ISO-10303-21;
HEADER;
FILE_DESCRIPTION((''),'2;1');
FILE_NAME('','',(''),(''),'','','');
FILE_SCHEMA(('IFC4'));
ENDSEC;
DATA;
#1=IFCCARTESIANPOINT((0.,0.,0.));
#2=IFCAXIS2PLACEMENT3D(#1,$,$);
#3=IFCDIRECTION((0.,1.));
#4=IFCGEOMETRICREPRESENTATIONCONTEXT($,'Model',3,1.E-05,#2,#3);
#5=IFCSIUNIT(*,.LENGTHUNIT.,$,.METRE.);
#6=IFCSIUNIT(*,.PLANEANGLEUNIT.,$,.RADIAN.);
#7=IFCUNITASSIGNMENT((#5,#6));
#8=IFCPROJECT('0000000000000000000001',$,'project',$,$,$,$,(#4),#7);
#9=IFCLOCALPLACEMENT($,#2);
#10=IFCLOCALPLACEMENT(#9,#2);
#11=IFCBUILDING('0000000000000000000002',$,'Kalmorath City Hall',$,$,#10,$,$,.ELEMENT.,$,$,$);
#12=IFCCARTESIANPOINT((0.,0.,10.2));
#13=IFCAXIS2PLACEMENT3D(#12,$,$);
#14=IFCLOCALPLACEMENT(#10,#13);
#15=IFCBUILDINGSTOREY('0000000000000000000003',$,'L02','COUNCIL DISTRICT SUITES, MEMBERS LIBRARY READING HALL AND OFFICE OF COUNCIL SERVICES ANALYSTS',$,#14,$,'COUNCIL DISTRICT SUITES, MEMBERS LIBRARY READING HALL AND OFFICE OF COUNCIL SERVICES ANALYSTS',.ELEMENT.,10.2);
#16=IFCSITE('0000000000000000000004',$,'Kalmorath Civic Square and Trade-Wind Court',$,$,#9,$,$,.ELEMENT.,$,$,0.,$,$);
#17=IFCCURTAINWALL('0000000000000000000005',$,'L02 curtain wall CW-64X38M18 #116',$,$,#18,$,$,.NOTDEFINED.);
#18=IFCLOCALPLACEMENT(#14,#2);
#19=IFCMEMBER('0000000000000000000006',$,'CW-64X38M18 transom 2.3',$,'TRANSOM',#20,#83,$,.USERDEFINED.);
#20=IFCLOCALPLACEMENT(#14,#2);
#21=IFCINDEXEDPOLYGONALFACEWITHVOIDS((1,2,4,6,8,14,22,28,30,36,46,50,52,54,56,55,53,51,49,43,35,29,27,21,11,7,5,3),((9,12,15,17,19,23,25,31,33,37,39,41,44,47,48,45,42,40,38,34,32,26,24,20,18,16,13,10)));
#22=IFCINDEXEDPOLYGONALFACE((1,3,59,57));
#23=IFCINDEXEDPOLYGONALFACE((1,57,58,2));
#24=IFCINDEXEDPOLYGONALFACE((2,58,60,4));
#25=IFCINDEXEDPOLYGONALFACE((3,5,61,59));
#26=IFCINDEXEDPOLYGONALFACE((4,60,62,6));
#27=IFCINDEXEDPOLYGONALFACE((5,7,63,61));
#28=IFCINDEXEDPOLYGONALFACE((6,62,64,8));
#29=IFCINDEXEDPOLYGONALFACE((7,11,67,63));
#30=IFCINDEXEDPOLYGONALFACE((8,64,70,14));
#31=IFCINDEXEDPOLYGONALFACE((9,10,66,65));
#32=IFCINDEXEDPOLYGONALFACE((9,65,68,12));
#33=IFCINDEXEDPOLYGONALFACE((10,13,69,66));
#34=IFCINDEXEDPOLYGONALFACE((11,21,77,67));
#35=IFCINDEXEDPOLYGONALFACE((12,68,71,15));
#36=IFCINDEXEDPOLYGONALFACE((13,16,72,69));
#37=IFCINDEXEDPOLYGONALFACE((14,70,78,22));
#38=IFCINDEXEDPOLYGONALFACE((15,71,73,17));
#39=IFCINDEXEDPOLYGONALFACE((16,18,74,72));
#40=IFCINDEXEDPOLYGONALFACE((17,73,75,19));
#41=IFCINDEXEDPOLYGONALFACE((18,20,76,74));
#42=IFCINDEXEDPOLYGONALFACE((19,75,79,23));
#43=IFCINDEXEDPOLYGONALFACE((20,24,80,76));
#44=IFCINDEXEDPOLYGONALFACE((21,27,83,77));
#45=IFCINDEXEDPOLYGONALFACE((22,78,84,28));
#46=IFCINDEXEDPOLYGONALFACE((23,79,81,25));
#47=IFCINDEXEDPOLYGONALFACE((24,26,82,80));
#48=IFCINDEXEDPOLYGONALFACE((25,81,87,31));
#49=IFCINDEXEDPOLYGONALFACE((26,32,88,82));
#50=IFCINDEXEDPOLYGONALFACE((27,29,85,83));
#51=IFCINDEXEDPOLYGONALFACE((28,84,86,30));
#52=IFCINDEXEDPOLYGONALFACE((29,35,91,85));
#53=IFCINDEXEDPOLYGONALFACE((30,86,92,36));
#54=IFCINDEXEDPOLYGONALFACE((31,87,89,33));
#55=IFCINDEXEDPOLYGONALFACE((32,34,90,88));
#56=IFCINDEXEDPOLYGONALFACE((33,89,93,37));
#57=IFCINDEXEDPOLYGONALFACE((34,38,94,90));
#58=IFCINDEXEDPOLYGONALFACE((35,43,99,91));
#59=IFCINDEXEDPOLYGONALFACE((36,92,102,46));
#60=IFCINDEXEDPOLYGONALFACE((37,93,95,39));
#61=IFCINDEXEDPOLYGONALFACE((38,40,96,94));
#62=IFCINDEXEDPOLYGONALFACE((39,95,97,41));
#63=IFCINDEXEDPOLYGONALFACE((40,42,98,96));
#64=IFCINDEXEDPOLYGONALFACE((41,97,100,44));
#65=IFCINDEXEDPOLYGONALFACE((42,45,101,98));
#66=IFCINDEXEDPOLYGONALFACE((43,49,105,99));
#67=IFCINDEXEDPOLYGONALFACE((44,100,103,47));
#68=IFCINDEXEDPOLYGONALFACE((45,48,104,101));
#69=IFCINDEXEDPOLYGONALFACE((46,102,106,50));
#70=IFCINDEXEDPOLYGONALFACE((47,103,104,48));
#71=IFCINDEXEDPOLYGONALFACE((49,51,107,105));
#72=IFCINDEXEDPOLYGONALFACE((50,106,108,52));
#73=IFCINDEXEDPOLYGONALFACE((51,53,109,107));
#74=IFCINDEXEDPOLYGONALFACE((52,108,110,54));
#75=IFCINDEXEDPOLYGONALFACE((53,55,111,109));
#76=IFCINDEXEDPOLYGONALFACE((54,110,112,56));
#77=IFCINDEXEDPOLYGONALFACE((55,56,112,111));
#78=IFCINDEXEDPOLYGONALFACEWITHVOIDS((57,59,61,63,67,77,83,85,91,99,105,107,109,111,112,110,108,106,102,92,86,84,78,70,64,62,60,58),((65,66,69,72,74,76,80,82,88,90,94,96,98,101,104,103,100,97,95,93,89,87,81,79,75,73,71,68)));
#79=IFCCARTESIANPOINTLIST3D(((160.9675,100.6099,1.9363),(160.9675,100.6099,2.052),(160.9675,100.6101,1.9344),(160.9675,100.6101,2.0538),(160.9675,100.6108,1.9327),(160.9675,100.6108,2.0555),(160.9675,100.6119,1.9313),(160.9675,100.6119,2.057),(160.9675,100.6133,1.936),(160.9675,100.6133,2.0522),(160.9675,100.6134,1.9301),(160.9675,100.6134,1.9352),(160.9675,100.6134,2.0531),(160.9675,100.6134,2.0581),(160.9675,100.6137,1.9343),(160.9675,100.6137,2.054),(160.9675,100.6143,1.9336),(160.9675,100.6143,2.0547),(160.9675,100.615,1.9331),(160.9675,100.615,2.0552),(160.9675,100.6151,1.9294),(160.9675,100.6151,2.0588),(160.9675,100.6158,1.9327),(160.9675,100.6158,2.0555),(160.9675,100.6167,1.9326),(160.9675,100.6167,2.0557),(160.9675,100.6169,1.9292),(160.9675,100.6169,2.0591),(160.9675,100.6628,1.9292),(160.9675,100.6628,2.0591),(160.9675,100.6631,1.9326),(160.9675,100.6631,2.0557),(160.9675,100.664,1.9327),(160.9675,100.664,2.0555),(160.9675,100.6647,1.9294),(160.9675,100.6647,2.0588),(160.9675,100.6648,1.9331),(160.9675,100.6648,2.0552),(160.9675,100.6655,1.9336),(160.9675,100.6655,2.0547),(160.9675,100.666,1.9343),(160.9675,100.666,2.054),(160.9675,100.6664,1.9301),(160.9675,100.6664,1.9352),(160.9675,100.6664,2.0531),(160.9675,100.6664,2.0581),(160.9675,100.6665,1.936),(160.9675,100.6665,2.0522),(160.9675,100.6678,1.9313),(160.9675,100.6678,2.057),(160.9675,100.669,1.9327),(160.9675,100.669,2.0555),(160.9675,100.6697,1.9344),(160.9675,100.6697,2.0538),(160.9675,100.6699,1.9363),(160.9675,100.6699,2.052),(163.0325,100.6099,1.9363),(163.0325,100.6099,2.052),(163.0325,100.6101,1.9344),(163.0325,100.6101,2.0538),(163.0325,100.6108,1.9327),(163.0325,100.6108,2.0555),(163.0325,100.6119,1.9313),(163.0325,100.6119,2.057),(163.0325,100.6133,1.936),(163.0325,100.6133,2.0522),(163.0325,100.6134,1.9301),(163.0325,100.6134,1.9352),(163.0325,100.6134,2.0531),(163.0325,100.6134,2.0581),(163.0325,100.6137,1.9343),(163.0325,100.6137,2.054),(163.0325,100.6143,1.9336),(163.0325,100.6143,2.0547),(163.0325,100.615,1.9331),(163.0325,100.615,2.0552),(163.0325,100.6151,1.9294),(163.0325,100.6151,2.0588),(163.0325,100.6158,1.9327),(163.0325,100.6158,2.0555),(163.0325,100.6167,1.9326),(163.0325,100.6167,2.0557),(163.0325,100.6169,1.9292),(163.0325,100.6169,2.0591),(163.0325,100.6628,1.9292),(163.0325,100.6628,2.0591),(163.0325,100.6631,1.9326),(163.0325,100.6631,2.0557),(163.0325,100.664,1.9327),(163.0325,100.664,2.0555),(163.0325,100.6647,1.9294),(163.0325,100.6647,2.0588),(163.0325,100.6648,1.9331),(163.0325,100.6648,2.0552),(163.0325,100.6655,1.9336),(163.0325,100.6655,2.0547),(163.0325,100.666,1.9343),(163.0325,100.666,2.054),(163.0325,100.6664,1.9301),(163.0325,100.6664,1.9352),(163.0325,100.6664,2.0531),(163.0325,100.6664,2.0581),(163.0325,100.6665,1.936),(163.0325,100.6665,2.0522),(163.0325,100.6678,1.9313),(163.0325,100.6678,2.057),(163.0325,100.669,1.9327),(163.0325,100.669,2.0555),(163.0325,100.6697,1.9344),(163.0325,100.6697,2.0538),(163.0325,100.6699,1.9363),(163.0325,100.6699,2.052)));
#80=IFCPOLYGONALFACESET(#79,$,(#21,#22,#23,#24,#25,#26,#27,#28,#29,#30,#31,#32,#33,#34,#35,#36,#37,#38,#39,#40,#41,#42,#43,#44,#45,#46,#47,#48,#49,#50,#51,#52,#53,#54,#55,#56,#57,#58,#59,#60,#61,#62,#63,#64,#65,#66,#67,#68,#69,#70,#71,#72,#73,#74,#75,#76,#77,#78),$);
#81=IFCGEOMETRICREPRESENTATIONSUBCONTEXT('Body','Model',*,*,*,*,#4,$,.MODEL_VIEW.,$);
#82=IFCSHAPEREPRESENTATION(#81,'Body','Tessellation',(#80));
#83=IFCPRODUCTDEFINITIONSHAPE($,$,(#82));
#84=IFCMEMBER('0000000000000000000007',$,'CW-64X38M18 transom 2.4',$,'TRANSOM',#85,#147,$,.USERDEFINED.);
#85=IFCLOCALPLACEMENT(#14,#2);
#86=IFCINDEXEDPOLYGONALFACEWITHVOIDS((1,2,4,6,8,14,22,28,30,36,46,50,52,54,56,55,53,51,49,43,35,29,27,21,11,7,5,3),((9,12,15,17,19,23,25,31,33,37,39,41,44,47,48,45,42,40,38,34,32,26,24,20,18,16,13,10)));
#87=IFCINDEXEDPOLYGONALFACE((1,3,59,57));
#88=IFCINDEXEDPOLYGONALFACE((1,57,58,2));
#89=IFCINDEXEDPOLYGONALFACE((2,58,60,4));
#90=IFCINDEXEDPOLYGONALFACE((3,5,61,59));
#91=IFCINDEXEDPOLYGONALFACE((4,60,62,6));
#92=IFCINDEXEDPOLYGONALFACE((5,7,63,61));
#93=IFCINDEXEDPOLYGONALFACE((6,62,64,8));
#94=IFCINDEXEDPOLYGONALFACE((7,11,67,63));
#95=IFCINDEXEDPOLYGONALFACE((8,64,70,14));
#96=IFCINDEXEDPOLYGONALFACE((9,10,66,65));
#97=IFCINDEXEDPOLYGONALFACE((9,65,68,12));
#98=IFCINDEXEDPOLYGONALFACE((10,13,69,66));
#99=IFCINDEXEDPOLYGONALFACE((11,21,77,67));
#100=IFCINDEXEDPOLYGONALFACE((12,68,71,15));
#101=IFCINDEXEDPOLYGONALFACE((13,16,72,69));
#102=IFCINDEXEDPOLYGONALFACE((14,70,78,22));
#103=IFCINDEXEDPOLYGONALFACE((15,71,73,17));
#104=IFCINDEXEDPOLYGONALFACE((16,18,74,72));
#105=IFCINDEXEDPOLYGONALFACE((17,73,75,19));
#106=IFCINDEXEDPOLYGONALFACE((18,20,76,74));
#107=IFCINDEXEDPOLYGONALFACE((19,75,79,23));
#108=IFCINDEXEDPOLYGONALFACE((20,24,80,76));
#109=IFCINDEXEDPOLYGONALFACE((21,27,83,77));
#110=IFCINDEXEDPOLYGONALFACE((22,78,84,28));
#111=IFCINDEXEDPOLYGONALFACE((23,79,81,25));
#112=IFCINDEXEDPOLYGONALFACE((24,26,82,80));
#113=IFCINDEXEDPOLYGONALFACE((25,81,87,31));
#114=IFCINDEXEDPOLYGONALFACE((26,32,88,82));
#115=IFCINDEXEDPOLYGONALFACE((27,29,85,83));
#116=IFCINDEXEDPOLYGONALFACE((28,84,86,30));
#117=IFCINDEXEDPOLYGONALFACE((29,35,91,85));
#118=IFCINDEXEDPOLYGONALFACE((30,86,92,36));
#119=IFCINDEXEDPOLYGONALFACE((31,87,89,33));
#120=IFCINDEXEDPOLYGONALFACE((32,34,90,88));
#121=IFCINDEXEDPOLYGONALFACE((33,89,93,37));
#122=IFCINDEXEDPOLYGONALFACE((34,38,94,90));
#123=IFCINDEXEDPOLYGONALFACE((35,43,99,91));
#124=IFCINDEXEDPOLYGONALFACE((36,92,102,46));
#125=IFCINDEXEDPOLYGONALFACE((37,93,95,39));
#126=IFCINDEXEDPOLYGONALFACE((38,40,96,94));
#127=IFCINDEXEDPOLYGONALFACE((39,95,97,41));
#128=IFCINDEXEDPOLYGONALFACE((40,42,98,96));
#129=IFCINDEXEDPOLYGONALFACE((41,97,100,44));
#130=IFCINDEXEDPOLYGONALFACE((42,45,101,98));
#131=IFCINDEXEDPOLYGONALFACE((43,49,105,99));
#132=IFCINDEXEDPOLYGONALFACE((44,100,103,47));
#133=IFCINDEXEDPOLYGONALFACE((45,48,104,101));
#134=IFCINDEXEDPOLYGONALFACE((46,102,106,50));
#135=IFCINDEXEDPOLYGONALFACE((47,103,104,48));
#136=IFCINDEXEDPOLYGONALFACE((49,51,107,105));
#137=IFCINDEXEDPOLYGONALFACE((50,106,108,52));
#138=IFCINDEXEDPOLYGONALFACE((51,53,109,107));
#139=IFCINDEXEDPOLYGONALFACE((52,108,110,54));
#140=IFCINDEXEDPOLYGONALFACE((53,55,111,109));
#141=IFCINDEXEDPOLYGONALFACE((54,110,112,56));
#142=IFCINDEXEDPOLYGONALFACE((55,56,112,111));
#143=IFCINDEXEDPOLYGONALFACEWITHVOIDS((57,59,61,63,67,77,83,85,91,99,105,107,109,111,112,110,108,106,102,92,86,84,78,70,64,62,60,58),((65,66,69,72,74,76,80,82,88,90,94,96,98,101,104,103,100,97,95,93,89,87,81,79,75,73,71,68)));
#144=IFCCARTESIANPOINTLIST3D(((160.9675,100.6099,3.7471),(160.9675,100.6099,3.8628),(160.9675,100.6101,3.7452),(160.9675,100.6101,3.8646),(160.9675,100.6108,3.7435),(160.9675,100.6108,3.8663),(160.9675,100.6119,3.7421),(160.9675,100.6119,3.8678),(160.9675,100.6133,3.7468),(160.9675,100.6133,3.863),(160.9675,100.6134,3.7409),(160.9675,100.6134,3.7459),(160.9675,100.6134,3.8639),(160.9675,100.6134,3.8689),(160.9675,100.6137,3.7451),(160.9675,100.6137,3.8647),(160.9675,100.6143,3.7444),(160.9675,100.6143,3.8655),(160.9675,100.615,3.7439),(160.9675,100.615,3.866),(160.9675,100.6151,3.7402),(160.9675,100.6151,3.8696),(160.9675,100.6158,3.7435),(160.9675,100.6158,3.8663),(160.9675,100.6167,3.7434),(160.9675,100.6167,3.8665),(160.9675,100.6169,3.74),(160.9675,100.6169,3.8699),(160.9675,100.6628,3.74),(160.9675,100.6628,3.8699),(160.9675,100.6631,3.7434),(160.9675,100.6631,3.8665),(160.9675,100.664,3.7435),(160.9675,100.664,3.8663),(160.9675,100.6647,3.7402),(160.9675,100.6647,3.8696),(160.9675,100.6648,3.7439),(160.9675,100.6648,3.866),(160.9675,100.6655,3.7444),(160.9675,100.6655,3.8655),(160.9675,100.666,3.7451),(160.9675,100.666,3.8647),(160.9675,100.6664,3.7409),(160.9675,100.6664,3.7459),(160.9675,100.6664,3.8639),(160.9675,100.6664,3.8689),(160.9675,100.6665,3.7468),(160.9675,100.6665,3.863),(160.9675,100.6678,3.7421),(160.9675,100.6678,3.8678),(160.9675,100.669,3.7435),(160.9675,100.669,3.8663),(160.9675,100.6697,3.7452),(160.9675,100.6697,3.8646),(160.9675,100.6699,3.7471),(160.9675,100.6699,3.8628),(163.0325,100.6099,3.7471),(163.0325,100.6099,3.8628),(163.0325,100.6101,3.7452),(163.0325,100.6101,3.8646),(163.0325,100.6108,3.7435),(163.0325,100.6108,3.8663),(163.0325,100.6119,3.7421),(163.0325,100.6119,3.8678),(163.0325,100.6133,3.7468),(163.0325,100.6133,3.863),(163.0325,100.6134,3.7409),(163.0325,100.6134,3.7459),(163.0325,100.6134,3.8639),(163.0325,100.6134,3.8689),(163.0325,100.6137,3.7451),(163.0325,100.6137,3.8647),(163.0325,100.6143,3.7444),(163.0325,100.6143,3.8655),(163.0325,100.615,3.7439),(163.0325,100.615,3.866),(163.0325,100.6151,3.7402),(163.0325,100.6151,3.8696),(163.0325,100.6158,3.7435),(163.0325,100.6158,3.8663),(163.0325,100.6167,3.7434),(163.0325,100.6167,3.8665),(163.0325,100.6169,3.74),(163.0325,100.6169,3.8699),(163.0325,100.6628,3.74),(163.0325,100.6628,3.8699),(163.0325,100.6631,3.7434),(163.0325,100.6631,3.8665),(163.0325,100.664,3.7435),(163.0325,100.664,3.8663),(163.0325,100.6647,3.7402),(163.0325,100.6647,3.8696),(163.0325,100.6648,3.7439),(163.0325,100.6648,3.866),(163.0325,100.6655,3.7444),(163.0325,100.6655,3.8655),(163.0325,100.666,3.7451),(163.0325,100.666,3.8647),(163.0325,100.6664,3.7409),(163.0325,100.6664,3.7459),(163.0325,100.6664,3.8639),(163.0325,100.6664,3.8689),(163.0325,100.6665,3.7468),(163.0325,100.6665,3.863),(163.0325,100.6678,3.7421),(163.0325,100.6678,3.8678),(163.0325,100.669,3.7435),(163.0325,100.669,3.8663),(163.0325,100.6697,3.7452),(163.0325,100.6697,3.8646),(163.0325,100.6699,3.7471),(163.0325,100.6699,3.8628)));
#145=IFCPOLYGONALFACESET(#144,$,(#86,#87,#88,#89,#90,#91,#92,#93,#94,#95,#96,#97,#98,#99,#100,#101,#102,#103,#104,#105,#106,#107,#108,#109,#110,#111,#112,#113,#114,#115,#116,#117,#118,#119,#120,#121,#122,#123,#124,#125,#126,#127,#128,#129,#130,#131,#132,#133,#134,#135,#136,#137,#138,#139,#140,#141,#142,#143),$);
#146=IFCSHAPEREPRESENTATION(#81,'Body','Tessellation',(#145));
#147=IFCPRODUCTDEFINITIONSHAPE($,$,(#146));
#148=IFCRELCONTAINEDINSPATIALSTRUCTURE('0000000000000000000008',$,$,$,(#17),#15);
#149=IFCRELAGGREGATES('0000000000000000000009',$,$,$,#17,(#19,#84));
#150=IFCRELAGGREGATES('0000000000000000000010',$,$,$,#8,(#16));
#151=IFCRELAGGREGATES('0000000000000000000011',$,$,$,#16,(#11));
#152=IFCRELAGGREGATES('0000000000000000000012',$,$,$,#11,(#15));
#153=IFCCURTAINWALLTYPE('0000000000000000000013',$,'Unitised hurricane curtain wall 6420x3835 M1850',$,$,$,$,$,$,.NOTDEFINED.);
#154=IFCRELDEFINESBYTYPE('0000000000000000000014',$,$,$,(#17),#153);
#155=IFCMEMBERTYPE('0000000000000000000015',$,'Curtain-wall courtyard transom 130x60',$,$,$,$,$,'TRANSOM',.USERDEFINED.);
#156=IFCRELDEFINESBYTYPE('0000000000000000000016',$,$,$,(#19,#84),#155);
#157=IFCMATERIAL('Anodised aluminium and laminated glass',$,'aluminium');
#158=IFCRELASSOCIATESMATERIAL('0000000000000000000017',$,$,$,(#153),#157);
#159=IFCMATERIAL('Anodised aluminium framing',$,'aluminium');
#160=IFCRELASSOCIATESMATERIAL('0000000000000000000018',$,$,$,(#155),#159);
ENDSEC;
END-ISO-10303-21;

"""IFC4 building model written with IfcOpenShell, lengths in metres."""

from ifc_helpers import new_model, si_unit, direction, frame, origin, origin_2d, place, context, subcontext, project, spatial, hollow_rectangle, extrude, material, material_profile, profile_set, type_object, element, aggregate, save


model = new_model("IFC4")

# Units and contexts
model_context = context("Model", 3, precision=1e-05, world=origin(), true_north=direction((0.0, 1.0)))
body_context = subcontext(model_context, "Body", "Model", "MODEL_VIEW")
ifc_project = project(units=[si_unit("LENGTHUNIT", "METRE"), si_unit("PLANEANGLEUNIT", "RADIAN")], contexts=[model_context])

# Site, building, storey
site_placement = place(None, origin())
site = spatial("IfcSite", under=ifc_project, at=site_placement, Name="Kalmorath Civic Square and Trade-Wind Court", CompositionType="ELEMENT", RefElevation=0.0)
building_placement = place(site_placement, origin())
building = spatial("IfcBuilding", under=site, at=building_placement, Name="Kalmorath City Hall", CompositionType="ELEMENT")
storey_placement = place(building_placement, frame((0.0, 0.0, 10.2)))
storey = spatial("IfcBuildingStorey", under=building, at=storey_placement, Name="L02", Description="COUNCIL DISTRICT SUITES, MEMBERS LIBRARY READING HALL AND OFFICE OF COUNCIL SERVICES ANALYSTS", LongName="COUNCIL DISTRICT SUITES, MEMBERS LIBRARY READING HALL AND OFFICE OF COUNCIL SERVICES ANALYSTS", CompositionType="ELEMENT", Elevation=10.2)

# Curtain wall, members
ifc_material_1 = material(Name="Anodised aluminium and laminated glass", Category="aluminium")
curtain_wall_type = type_object("IfcCurtainWallType", Name="Unitised hurricane curtain wall 6420x3835 M1850", PredefinedType="NOTDEFINED", material=ifc_material_1)
curtain_wall_placement = place(storey_placement, origin())
curtain_wall = element("IfcCurtainWall", 1, at=curtain_wall_placement, inside=storey, type_object=curtain_wall_type, Name="L02 curtain wall CW-64X38M18 #116", PredefinedType="NOTDEFINED")
ifc_material_2 = material(Name="Anodised aluminium framing", Category="aluminium")
ifc_material_profile_1 = material_profile(ifc_material_2, hollow_rectangle(XDim=0.0601, YDim=0.1299, WallThickness=0.0034, InnerFilletRadius=0.0034, OuterFilletRadius=0.0071, at=origin_2d()), Name="ALU-TRN-130X60X3.5")
ifc_profile_set_1 = profile_set([ifc_material_profile_1], Name="Anodised aluminium framing")
member_type_1 = type_object("IfcMemberType", Name="Curtain-wall courtyard transom 130x60", ElementType="TRANSOM", PredefinedType="USERDEFINED", material=ifc_profile_set_1)
member_1_placement = place(storey_placement, frame((160.9675, 100.6399, 1.9941), z_axis=(1.0, 0.0, 0.0), x_axis=(0.0, 1.0, 0.0)))
member_1 = element("IfcMember", 2, at=member_1_placement, type_object=member_type_1, Name="CW-64X38M18 transom 2.3", ObjectType="TRANSOM", PredefinedType="USERDEFINED", context=body_context, shape_type="SweptSolid", body=[
    extrude(hollow_rectangle(XDim=0.0601, YDim=0.1299, WallThickness=0.0034, InnerFilletRadius=0.0034, OuterFilletRadius=0.0071, at=origin_2d()), origin(), (0.0, 0.0, 1.0), 2.0649),
])
member_2_placement = place(storey_placement, frame((160.9675, 100.6399, 3.8049), z_axis=(1.0, 0.0, 0.0), x_axis=(0.0, 1.0, 0.0)))
member_2 = element("IfcMember", 3, at=member_2_placement, type_object=member_type_1, Name="CW-64X38M18 transom 2.4", ObjectType="TRANSOM", PredefinedType="USERDEFINED", context=body_context, shape_type="SweptSolid", body=[
    extrude(hollow_rectangle(XDim=0.0601, YDim=0.1299, WallThickness=0.0034, InnerFilletRadius=0.0034, OuterFilletRadius=0.0071, at=origin_2d()), origin(), (0.0, 0.0, 1.0), 2.0649),
])

aggregate(curtain_wall, [member_1, member_2])

save(model, "model.ifc")
